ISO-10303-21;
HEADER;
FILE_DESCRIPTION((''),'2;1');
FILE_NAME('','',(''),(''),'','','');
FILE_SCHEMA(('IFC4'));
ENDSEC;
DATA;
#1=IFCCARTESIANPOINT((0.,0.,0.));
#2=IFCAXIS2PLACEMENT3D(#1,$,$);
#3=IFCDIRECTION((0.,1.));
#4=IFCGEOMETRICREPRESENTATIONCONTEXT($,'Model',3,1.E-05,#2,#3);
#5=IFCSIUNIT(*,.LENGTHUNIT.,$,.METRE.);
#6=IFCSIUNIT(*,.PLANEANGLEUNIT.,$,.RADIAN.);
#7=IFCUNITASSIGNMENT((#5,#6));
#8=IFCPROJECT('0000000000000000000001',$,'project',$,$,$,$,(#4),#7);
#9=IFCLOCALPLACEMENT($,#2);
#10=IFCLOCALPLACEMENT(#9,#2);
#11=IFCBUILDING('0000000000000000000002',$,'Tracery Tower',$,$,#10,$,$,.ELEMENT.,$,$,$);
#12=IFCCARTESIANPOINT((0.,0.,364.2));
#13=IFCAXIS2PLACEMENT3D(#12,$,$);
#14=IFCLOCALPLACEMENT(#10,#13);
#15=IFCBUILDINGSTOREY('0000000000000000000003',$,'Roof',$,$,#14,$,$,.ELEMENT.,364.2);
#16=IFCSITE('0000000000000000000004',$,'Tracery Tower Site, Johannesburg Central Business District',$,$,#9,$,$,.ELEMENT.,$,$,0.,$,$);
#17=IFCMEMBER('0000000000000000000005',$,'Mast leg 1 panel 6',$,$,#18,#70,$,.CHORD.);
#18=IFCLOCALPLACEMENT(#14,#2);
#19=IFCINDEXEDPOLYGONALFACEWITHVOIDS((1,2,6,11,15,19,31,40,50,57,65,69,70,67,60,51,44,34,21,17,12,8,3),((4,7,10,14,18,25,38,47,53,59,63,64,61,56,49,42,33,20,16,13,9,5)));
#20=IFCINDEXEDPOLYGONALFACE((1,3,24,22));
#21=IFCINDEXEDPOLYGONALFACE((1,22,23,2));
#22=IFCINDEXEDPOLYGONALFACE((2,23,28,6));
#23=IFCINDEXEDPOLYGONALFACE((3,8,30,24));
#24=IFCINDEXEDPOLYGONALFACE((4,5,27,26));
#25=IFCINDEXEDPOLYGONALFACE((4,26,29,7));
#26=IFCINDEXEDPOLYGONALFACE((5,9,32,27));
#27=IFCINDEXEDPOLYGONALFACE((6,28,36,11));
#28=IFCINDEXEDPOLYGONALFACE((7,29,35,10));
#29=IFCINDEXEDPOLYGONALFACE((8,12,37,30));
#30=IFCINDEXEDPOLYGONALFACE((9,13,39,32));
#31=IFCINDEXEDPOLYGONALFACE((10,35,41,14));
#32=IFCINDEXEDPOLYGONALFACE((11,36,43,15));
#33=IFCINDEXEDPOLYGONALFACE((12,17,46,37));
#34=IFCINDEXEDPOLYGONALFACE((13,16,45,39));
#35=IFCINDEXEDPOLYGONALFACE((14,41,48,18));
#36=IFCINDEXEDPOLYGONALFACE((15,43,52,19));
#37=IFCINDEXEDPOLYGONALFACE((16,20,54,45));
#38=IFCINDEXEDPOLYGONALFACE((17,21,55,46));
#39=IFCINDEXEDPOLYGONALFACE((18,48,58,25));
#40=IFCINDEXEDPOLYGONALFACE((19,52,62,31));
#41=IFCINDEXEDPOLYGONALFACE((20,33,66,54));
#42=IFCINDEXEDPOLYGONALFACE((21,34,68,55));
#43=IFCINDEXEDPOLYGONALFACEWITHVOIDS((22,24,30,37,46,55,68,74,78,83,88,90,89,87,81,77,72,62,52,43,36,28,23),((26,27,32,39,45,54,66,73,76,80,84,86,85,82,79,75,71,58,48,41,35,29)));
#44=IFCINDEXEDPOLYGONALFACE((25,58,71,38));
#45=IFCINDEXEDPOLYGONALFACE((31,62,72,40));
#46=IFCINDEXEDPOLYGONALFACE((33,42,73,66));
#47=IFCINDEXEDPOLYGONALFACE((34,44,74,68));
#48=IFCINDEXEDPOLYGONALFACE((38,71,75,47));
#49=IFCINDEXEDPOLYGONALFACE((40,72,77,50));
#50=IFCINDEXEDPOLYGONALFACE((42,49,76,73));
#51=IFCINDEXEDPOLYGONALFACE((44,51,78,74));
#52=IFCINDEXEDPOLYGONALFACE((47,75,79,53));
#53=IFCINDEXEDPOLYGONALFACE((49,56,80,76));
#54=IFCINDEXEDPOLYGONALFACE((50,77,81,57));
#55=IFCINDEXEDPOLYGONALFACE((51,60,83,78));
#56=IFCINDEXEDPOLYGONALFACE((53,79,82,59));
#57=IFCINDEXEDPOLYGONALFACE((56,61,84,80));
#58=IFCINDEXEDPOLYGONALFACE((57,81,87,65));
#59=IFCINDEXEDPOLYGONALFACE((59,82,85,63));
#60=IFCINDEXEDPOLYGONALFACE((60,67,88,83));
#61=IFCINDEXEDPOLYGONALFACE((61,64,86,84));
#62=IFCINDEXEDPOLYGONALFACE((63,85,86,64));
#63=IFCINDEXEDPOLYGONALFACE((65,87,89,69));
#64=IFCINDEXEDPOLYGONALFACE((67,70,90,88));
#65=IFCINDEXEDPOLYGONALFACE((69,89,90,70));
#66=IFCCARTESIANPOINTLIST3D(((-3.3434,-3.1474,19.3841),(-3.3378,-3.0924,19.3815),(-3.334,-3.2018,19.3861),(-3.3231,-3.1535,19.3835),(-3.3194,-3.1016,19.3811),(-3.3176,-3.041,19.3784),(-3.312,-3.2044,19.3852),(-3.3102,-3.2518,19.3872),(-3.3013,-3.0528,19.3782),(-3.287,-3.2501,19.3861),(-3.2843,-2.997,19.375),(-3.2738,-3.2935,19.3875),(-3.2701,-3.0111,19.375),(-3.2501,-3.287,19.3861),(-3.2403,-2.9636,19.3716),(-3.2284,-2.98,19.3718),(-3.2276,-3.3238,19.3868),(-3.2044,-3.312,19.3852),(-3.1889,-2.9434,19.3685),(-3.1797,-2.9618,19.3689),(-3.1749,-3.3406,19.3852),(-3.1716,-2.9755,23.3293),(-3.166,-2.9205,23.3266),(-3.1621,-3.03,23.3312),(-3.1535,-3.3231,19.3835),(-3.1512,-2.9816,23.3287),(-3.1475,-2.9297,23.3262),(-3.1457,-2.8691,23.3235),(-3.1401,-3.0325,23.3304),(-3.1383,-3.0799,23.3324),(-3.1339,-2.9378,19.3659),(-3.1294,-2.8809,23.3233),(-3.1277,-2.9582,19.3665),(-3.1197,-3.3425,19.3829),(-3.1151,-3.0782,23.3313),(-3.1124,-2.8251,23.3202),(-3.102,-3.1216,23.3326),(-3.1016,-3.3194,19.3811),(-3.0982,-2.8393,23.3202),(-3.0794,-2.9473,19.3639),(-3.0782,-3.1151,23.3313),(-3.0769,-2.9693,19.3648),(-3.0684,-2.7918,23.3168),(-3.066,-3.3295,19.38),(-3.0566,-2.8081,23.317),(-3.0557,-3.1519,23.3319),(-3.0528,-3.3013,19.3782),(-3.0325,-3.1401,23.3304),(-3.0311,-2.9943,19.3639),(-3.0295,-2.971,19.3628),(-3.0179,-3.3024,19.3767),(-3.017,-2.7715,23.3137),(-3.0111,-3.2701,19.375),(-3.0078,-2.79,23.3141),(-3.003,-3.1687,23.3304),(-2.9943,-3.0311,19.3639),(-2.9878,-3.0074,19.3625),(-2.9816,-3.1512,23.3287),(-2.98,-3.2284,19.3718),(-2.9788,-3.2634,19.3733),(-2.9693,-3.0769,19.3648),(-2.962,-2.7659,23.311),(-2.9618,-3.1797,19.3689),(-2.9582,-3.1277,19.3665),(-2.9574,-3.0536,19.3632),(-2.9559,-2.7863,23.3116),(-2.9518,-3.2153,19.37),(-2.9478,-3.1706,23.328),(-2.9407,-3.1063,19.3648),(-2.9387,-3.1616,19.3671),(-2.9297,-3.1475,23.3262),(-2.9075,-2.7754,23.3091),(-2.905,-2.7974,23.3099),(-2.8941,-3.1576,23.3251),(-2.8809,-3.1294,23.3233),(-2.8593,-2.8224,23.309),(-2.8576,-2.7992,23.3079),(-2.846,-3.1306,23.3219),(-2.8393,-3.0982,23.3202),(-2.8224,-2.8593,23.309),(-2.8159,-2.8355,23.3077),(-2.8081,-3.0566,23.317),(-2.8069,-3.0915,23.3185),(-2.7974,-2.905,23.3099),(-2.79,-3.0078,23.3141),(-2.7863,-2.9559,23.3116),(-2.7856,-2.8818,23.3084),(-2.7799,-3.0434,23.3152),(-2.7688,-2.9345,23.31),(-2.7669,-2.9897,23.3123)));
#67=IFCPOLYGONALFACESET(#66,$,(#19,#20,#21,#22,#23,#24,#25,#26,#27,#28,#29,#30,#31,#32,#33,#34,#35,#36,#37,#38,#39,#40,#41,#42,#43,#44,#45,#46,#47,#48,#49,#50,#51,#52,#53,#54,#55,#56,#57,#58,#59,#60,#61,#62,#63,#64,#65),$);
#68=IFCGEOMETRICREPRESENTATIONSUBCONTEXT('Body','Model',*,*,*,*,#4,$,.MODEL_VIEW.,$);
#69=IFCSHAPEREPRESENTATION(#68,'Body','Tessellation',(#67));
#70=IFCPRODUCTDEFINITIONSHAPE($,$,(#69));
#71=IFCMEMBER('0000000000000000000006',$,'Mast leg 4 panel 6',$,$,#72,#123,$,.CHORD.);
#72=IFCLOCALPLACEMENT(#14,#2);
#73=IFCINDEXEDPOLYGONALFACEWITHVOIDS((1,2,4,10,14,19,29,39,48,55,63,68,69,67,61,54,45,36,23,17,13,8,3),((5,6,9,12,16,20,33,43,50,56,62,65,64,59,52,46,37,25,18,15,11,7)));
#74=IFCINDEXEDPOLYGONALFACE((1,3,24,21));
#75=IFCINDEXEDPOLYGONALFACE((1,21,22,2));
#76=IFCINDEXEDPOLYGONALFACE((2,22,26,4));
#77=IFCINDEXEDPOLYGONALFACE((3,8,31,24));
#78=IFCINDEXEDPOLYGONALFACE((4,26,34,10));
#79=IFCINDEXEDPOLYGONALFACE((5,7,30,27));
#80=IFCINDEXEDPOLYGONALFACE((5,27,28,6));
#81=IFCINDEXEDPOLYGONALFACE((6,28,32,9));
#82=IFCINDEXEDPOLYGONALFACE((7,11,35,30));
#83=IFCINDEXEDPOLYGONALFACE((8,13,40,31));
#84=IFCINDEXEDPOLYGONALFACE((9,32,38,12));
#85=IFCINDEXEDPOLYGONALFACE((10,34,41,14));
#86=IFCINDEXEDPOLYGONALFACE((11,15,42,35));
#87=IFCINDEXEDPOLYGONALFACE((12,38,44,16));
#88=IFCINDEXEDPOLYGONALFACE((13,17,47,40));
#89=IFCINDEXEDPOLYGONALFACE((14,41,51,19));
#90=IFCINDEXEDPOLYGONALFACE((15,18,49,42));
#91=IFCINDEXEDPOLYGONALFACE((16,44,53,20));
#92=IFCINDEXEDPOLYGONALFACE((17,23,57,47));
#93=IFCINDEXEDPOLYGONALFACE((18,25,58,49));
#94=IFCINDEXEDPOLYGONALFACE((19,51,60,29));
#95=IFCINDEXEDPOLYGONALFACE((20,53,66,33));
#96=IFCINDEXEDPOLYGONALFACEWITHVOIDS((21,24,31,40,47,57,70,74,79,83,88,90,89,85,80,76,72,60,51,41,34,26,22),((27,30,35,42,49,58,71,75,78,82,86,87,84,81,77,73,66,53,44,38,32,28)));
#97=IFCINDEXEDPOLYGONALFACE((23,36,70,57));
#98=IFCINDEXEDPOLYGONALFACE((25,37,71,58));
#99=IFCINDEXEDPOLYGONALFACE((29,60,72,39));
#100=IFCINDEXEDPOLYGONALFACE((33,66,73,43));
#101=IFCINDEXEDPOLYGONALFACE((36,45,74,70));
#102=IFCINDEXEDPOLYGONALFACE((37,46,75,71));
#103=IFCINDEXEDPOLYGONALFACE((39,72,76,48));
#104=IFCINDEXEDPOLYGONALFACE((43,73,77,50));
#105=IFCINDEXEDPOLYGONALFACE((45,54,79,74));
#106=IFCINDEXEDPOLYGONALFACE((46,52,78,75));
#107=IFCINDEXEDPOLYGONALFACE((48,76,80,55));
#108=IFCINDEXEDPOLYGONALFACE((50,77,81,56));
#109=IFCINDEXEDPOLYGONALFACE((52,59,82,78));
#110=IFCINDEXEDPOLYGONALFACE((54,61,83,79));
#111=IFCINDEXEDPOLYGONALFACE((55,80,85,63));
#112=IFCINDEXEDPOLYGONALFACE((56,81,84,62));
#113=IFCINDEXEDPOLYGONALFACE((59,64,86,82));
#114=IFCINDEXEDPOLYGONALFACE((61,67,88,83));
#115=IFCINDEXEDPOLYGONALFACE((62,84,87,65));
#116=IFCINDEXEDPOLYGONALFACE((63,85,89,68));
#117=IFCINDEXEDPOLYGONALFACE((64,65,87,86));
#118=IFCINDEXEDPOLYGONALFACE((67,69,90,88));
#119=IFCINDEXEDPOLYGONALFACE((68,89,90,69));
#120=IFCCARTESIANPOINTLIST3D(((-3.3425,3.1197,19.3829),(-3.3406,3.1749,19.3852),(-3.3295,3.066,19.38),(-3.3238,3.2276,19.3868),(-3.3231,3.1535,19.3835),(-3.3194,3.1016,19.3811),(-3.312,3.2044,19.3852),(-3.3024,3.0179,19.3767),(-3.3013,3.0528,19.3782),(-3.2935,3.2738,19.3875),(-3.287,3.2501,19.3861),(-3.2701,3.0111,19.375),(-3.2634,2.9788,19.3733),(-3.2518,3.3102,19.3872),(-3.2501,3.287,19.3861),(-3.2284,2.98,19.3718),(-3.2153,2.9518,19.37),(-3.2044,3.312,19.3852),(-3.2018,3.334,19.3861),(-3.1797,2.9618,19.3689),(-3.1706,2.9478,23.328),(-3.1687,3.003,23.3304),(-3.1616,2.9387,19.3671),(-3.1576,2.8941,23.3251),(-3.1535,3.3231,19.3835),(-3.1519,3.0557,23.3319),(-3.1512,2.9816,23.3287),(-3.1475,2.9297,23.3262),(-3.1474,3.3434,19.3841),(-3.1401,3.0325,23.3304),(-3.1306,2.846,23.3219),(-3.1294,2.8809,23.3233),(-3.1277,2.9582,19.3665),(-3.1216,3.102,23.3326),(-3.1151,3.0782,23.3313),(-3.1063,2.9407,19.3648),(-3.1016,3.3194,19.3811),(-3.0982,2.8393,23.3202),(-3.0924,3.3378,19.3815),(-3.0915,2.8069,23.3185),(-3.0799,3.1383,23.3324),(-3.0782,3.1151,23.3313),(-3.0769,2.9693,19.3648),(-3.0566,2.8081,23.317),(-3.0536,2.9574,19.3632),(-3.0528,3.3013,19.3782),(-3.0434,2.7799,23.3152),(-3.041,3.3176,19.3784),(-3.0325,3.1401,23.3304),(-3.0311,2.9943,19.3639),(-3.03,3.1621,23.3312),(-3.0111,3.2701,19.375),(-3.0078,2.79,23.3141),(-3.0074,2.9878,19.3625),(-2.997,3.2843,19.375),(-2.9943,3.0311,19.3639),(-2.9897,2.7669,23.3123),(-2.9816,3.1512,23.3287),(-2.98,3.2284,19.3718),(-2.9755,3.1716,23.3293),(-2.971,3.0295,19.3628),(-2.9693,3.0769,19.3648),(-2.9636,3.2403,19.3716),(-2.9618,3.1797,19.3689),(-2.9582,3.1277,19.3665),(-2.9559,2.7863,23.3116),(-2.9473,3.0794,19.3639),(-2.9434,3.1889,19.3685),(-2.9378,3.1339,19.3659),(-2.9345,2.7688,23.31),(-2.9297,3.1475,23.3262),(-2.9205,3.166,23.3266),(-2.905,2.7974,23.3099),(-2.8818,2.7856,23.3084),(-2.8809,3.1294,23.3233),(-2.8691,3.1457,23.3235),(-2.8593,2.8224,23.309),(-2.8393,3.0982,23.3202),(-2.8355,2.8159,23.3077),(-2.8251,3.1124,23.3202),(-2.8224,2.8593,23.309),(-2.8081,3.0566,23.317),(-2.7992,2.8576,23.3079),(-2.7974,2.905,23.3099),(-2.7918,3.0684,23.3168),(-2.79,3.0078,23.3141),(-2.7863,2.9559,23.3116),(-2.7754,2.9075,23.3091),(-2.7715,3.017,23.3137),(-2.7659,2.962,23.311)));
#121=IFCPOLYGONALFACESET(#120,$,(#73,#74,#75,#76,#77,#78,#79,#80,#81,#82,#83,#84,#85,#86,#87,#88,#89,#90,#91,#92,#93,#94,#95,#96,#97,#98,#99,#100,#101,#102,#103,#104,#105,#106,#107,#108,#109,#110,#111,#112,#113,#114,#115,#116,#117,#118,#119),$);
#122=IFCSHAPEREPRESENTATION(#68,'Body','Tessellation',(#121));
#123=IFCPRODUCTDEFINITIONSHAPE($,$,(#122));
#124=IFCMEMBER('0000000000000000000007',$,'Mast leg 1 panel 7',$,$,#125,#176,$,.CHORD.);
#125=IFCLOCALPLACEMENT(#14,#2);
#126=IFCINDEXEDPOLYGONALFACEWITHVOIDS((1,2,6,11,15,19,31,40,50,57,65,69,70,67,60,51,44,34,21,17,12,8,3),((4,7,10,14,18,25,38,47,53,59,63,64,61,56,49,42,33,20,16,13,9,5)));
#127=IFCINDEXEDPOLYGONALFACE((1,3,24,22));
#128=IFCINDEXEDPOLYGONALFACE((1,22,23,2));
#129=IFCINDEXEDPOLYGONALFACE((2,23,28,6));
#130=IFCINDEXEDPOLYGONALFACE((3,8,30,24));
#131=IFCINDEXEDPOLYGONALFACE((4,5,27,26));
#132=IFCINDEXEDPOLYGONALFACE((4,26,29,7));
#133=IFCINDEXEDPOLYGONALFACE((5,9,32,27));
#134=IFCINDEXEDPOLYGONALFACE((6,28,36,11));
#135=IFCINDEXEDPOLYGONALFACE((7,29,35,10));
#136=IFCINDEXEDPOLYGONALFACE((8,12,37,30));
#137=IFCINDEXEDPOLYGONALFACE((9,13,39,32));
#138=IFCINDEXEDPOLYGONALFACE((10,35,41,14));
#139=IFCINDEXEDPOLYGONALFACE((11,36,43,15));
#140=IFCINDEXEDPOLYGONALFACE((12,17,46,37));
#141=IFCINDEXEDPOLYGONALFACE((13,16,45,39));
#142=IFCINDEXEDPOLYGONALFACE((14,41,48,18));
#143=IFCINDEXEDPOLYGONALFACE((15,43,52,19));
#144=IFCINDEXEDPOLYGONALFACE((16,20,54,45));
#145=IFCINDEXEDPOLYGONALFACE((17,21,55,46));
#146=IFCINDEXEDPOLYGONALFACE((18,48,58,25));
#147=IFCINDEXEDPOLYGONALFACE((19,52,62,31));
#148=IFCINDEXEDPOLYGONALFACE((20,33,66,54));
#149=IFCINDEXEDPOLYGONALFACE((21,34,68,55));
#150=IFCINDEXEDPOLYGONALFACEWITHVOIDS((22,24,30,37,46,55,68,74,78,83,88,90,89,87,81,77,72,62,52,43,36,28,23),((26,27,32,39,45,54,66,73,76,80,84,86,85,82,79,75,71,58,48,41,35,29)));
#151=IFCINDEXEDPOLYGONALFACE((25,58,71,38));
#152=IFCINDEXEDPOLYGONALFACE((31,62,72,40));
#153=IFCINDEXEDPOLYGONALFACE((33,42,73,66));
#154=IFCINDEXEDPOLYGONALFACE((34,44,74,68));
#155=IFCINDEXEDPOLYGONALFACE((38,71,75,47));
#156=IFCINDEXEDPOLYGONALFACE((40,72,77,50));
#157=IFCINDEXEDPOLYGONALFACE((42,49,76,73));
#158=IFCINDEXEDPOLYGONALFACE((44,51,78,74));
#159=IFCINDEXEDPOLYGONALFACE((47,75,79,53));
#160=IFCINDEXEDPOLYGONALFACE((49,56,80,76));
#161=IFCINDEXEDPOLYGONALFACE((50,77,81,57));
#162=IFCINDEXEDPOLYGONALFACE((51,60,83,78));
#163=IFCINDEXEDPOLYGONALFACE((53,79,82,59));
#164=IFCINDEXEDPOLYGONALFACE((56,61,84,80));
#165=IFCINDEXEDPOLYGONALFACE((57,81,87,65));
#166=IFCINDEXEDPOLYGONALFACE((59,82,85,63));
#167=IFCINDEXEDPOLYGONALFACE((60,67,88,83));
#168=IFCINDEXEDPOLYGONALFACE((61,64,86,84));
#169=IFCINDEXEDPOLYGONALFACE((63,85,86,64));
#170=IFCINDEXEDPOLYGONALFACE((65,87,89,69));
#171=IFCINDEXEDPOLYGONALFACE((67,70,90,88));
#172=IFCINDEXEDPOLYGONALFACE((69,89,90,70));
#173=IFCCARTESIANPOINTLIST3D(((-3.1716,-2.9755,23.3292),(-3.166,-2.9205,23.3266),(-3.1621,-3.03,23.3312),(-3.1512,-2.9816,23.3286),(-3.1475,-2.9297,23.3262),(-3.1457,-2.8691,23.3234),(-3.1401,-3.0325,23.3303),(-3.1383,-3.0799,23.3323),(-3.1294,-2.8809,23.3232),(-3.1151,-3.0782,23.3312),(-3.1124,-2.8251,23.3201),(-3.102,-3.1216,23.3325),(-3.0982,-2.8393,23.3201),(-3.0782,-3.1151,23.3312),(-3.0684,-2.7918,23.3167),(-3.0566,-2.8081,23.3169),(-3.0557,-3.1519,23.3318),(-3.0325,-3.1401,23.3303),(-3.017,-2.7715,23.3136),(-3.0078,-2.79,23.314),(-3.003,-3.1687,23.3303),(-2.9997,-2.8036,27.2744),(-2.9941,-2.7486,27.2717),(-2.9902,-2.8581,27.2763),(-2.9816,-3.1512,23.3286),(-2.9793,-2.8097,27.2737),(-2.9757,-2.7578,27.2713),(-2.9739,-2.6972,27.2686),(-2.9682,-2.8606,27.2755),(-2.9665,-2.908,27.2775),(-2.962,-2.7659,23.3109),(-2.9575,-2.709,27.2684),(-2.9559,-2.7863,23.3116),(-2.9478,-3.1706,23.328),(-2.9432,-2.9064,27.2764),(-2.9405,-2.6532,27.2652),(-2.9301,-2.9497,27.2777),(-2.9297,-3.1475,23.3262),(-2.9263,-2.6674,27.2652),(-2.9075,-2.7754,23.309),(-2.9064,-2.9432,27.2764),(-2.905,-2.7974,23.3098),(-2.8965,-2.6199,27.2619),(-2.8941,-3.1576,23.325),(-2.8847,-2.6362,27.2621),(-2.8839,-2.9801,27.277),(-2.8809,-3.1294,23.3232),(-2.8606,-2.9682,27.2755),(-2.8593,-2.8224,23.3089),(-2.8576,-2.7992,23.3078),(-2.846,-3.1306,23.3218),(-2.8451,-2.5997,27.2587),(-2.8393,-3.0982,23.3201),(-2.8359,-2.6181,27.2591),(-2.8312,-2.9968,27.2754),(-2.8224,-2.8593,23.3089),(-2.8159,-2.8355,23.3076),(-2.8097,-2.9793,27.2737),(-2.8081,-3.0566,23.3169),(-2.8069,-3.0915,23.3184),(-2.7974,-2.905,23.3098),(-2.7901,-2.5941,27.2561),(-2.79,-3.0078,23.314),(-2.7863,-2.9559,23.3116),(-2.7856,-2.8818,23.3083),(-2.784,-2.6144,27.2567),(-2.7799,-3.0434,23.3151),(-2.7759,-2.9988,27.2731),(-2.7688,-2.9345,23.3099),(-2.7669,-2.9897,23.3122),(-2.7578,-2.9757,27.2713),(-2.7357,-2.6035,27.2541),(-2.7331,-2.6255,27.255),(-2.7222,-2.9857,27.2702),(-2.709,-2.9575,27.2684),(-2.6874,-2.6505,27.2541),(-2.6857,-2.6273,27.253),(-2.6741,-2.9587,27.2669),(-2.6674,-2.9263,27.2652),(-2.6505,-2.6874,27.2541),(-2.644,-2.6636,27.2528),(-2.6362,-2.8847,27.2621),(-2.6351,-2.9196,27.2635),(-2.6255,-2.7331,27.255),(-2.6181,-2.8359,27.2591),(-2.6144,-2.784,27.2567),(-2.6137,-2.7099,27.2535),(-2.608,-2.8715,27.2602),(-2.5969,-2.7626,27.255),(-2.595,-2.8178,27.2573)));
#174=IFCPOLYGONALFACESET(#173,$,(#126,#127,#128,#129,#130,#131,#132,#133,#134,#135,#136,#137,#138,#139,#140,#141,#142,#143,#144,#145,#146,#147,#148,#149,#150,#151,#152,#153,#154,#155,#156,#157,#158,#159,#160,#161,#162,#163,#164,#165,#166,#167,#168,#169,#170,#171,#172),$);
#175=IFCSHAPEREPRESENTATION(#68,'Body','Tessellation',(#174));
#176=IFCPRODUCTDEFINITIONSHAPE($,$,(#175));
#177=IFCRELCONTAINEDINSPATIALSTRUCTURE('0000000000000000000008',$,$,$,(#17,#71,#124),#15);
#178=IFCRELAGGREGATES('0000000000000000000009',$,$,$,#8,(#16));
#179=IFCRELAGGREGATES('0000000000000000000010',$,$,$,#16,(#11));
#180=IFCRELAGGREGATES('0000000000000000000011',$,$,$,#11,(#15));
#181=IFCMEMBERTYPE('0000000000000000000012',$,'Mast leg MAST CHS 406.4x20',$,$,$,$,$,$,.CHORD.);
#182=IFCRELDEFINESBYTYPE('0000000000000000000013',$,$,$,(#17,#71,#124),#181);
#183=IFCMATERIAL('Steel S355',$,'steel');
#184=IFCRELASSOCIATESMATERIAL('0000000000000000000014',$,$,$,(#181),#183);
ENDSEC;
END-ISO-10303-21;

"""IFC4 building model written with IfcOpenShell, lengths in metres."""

from ifc_helpers import new_model, si_unit, direction, frame, origin, origin_2d, place, context, subcontext, project, spatial, hollow_circle, extrude, material, material_profile, profile_set, type_object, element, save


model = new_model("IFC4")

# Units and contexts
model_context = context("Model", 3, precision=1e-05, world=origin(), true_north=direction((0.0, 1.0)))
body_context = subcontext(model_context, "Body", "Model", "MODEL_VIEW")
ifc_project = project(units=[si_unit("LENGTHUNIT", "METRE"), si_unit("PLANEANGLEUNIT", "RADIAN")], contexts=[model_context])

# Site, building, storey
site_placement = place(None, origin())
site = spatial("IfcSite", under=ifc_project, at=site_placement, Name="Tracery Tower Site, Johannesburg Central Business District", CompositionType="ELEMENT", RefElevation=0.0)
building_placement = place(site_placement, origin())
building = spatial("IfcBuilding", under=site, at=building_placement, Name="Tracery Tower", CompositionType="ELEMENT")
storey_placement = place(building_placement, frame((0.0, 0.0, 364.2)))
storey = spatial("IfcBuildingStorey", under=building, at=storey_placement, Name="Roof", CompositionType="ELEMENT", Elevation=364.2)

# Members
ifc_material_1 = material(Name="Steel S355", Category="steel")
ifc_material_profile_1 = material_profile(ifc_material_1, hollow_circle(Radius=0.2031, WallThickness=0.02, at=origin_2d()), Name="CHS 406.4x20")
ifc_profile_set_1 = profile_set([ifc_material_profile_1], Name="Steel S355")
member_type_1 = type_object("IfcMemberType", Name="Mast leg MAST CHS 406.4x20", PredefinedType="CHORD", material=ifc_profile_set_1)
for number, where, z_axis, x_axis, name in (
    (1, (-3.1406, -3.1406, 19.375), (0.043485, 0.043485, 0.998107), (-0.707107, 0.707107, 0.0), "Mast leg 1 panel 6"),
    (2, (-3.1406, 3.1406, 19.375), (0.043485, -0.043485, 0.998107), (0.707107, 0.707107, 0.0), "Mast leg 4 panel 6"),
    (3, (-2.9688, -2.9688, 23.3201), (0.043485, 0.043485, 0.998107), (-0.707107, 0.707107, 0.0), "Mast leg 1 panel 7"),
):
    element("IfcMember", number, at=place(storey_placement, frame(where, z_axis=z_axis, x_axis=x_axis)), inside=storey, type_object=member_type_1, Name=name, PredefinedType="CHORD", context=body_context, shape_type="SweptSolid", body=[
        extrude(hollow_circle(Radius=0.2031, WallThickness=0.02, at=origin_2d()), origin(), (0.0, 0.0, 1.0), 3.9526),
    ])

save(model, "model.ifc")
